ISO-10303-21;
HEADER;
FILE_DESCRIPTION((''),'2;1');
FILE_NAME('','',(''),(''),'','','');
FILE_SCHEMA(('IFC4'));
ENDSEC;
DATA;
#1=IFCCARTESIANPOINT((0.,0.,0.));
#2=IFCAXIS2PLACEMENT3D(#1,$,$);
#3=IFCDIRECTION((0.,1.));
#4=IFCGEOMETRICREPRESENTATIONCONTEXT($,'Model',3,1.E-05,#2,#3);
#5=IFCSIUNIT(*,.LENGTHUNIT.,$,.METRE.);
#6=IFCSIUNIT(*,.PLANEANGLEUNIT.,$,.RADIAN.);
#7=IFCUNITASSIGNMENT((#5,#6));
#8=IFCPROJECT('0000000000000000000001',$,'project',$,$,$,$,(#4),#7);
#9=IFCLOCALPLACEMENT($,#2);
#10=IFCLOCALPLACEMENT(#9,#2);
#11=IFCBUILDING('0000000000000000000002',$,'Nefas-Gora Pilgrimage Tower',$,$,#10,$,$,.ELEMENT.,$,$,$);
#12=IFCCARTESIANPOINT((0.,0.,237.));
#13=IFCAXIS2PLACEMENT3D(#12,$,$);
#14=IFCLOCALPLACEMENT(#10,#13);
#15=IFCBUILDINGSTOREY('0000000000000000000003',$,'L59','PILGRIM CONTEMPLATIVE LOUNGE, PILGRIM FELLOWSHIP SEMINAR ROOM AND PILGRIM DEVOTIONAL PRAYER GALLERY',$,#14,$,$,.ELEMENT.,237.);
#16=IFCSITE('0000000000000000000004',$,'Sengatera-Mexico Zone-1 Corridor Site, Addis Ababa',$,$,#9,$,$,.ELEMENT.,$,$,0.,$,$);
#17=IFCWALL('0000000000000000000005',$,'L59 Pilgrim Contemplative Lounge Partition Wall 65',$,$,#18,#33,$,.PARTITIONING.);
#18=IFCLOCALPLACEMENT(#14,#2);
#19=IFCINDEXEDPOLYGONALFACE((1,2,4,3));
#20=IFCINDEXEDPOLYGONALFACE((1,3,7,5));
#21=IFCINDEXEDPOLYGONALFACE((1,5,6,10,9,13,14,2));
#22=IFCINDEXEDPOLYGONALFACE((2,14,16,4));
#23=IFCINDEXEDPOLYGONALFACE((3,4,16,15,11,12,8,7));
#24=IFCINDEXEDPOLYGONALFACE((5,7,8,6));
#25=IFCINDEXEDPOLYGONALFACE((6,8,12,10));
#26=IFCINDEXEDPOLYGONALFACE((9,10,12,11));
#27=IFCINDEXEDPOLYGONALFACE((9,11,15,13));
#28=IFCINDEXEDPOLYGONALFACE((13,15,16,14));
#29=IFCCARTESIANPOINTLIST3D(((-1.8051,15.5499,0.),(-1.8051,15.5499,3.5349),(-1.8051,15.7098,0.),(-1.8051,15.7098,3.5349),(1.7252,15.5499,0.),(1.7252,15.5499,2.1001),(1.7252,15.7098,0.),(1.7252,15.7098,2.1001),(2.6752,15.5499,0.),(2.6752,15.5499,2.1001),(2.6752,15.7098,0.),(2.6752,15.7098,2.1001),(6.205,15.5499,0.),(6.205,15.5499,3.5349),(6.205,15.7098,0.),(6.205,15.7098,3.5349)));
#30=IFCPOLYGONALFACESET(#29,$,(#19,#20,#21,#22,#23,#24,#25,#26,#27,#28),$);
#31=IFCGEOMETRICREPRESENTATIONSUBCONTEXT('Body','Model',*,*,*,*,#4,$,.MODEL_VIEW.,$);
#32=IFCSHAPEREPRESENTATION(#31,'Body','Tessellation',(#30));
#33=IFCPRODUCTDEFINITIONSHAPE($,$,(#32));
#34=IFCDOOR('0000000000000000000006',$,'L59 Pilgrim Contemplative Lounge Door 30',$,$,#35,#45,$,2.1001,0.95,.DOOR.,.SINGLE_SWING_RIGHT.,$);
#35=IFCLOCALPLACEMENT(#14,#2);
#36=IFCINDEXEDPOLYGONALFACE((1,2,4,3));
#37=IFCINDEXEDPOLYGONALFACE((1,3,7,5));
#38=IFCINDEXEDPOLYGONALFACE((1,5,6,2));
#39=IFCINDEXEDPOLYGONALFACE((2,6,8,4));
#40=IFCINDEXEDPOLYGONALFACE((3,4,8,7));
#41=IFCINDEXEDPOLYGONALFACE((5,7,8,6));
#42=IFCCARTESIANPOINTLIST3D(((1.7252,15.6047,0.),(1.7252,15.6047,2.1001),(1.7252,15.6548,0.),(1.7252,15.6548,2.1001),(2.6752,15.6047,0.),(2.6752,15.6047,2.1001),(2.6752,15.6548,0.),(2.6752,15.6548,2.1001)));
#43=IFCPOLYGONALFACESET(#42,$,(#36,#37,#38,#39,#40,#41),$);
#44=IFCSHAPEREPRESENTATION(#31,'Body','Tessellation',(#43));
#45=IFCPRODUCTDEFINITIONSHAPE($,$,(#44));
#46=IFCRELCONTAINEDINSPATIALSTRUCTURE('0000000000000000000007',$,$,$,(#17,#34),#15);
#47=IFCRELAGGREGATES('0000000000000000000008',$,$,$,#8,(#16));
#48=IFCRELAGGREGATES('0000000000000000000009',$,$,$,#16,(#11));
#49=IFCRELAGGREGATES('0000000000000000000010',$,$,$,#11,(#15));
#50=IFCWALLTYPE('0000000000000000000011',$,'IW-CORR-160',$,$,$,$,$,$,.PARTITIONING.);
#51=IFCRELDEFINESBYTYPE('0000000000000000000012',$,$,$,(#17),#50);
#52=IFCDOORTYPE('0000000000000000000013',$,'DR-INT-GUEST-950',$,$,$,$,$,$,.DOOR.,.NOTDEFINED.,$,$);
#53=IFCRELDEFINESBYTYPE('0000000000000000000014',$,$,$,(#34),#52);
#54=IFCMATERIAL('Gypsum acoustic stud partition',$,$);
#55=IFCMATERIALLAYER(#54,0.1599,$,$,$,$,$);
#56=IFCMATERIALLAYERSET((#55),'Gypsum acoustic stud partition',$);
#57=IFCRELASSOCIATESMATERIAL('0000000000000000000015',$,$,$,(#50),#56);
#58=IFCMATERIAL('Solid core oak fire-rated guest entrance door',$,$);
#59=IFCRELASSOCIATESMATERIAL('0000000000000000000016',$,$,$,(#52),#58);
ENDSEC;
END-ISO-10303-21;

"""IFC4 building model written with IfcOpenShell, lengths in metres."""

from ifc_helpers import new_model, si_unit, direction, frame, frame_2d, origin, place, context, subcontext, project, spatial, rectangle, extrude, source, transform, mapped, material, layer, layer_set, type_object, element, fill, save


model = new_model("IFC4")

# Units and contexts
model_context = context("Model", 3, precision=1e-05, world=origin(), true_north=direction((0.0, 1.0)))
body_context = subcontext(model_context, "Body", "Model", "MODEL_VIEW")
ifc_project = project(units=[si_unit("LENGTHUNIT", "METRE"), si_unit("PLANEANGLEUNIT", "RADIAN")], contexts=[model_context])

# Site, building, storey
site_placement = place(None, origin())
site = spatial("IfcSite", under=ifc_project, at=site_placement, Name="Sengatera-Mexico Zone-1 Corridor Site, Addis Ababa", CompositionType="ELEMENT", RefElevation=0.0)
building_placement = place(site_placement, origin())
building = spatial("IfcBuilding", under=site, at=building_placement, Name="Nefas-Gora Pilgrimage Tower", CompositionType="ELEMENT")
storey_placement = place(building_placement, frame((0.0, 0.0, 237.0)))
storey = spatial("IfcBuildingStorey", under=building, at=storey_placement, Name="L59", Description="PILGRIM CONTEMPLATIVE LOUNGE, PILGRIM FELLOWSHIP SEMINAR ROOM AND PILGRIM DEVOTIONAL PRAYER GALLERY", CompositionType="ELEMENT", Elevation=237.0)

# Shared definitions
ifc_material_1 = material(Name="Gypsum acoustic stud partition")
ifc_layer_1 = layer(ifc_material_1, 0.1599)
ifc_layer_set_1 = layer_set([ifc_layer_1], Name="Gypsum acoustic stud partition")
wall_type_1 = type_object("IfcWallType", Name="IW-CORR-160", PredefinedType="PARTITIONING", material=ifc_layer_set_1)
ifc_material_2 = material(Name="Solid core oak fire-rated guest entrance door")
door_type = type_object("IfcDoorType", Name="DR-INT-GUEST-950", OperationType="NOTDEFINED", PredefinedType="DOOR", material=ifc_material_2)
shared_shape_1 = source(origin(), body_context, "Body", "SweptSolid", [
    extrude(rectangle(XDim=0.95, YDim=2.1001, at=frame_2d((0.4751, 1.05))), frame((0.0, 0.0249, 0.0), z_axis=(0.0, -1.0, 0.0), x_axis=(1.0, 0.0, 0.0)), (0.0, 0.0, 1.0), 0.05),
])

# Wall, opening, door
shared_shape_2 = source(origin(), body_context, "Body", "SweptSolid", [
    extrude(rectangle(XDim=8.01, YDim=0.1599, at=frame_2d((4.0049, 0.0))), origin(), (0.0, 0.0, 1.0), 3.5349),
])
wall_1_placement = place(storey_placement, frame((-1.8049, 15.6299, 0.0), z_axis=(0.0, 0.0, 1.0), x_axis=(1.0, 0.0, 0.0)))
wall_1 = element("IfcWall", 1, at=wall_1_placement, inside=storey, type_object=wall_type_1, Name="L59 Pilgrim Contemplative Lounge Partition Wall 65", PredefinedType="PARTITIONING", context=body_context, shape_type="MappedRepresentation", body=[
    mapped(shared_shape_2, transform((0.0, 0.0, 0.0), x_axis=(1.0, 0.0, 0.0), y_axis=(0.0, 1.0, 0.0), z_axis=(0.0, 0.0, 1.0), scale=1.0)),
])
opening_1_placement = place(wall_1_placement, frame((3.53, 0.0, 0.0)))
opening_1 = element("IfcOpeningElement", 2, at=opening_1_placement, cuts=wall_1, PredefinedType="OPENING", context=body_context, shape_type="SweptSolid", body=[
    extrude(rectangle(XDim=0.95, YDim=2.1001, at=frame_2d((0.4751, 1.05))), frame((0.0, 0.0898, 0.0), z_axis=(0.0, -1.0, 0.0), x_axis=(1.0, 0.0, 0.0)), (0.0, 0.0, 1.0), 0.1799),
])
door_1_placement = place(opening_1_placement, origin())
door_1 = element("IfcDoor", 3, at=door_1_placement, inside=storey, type_object=door_type, Name="L59 Pilgrim Contemplative Lounge Door 30", OperationType="SINGLE_SWING_RIGHT", OverallHeight=2.1001, OverallWidth=0.95, PredefinedType="DOOR", context=body_context, shape_type="MappedRepresentation", body=[
    mapped(shared_shape_1, transform((0.0, 0.0, 0.0), x_axis=(1.0, 0.0, 0.0), y_axis=(0.0, 1.0, 0.0), z_axis=(0.0, 0.0, 1.0), scale=1.0)),
])
fill(opening_1, door_1)

save(model, "model.ifc")
